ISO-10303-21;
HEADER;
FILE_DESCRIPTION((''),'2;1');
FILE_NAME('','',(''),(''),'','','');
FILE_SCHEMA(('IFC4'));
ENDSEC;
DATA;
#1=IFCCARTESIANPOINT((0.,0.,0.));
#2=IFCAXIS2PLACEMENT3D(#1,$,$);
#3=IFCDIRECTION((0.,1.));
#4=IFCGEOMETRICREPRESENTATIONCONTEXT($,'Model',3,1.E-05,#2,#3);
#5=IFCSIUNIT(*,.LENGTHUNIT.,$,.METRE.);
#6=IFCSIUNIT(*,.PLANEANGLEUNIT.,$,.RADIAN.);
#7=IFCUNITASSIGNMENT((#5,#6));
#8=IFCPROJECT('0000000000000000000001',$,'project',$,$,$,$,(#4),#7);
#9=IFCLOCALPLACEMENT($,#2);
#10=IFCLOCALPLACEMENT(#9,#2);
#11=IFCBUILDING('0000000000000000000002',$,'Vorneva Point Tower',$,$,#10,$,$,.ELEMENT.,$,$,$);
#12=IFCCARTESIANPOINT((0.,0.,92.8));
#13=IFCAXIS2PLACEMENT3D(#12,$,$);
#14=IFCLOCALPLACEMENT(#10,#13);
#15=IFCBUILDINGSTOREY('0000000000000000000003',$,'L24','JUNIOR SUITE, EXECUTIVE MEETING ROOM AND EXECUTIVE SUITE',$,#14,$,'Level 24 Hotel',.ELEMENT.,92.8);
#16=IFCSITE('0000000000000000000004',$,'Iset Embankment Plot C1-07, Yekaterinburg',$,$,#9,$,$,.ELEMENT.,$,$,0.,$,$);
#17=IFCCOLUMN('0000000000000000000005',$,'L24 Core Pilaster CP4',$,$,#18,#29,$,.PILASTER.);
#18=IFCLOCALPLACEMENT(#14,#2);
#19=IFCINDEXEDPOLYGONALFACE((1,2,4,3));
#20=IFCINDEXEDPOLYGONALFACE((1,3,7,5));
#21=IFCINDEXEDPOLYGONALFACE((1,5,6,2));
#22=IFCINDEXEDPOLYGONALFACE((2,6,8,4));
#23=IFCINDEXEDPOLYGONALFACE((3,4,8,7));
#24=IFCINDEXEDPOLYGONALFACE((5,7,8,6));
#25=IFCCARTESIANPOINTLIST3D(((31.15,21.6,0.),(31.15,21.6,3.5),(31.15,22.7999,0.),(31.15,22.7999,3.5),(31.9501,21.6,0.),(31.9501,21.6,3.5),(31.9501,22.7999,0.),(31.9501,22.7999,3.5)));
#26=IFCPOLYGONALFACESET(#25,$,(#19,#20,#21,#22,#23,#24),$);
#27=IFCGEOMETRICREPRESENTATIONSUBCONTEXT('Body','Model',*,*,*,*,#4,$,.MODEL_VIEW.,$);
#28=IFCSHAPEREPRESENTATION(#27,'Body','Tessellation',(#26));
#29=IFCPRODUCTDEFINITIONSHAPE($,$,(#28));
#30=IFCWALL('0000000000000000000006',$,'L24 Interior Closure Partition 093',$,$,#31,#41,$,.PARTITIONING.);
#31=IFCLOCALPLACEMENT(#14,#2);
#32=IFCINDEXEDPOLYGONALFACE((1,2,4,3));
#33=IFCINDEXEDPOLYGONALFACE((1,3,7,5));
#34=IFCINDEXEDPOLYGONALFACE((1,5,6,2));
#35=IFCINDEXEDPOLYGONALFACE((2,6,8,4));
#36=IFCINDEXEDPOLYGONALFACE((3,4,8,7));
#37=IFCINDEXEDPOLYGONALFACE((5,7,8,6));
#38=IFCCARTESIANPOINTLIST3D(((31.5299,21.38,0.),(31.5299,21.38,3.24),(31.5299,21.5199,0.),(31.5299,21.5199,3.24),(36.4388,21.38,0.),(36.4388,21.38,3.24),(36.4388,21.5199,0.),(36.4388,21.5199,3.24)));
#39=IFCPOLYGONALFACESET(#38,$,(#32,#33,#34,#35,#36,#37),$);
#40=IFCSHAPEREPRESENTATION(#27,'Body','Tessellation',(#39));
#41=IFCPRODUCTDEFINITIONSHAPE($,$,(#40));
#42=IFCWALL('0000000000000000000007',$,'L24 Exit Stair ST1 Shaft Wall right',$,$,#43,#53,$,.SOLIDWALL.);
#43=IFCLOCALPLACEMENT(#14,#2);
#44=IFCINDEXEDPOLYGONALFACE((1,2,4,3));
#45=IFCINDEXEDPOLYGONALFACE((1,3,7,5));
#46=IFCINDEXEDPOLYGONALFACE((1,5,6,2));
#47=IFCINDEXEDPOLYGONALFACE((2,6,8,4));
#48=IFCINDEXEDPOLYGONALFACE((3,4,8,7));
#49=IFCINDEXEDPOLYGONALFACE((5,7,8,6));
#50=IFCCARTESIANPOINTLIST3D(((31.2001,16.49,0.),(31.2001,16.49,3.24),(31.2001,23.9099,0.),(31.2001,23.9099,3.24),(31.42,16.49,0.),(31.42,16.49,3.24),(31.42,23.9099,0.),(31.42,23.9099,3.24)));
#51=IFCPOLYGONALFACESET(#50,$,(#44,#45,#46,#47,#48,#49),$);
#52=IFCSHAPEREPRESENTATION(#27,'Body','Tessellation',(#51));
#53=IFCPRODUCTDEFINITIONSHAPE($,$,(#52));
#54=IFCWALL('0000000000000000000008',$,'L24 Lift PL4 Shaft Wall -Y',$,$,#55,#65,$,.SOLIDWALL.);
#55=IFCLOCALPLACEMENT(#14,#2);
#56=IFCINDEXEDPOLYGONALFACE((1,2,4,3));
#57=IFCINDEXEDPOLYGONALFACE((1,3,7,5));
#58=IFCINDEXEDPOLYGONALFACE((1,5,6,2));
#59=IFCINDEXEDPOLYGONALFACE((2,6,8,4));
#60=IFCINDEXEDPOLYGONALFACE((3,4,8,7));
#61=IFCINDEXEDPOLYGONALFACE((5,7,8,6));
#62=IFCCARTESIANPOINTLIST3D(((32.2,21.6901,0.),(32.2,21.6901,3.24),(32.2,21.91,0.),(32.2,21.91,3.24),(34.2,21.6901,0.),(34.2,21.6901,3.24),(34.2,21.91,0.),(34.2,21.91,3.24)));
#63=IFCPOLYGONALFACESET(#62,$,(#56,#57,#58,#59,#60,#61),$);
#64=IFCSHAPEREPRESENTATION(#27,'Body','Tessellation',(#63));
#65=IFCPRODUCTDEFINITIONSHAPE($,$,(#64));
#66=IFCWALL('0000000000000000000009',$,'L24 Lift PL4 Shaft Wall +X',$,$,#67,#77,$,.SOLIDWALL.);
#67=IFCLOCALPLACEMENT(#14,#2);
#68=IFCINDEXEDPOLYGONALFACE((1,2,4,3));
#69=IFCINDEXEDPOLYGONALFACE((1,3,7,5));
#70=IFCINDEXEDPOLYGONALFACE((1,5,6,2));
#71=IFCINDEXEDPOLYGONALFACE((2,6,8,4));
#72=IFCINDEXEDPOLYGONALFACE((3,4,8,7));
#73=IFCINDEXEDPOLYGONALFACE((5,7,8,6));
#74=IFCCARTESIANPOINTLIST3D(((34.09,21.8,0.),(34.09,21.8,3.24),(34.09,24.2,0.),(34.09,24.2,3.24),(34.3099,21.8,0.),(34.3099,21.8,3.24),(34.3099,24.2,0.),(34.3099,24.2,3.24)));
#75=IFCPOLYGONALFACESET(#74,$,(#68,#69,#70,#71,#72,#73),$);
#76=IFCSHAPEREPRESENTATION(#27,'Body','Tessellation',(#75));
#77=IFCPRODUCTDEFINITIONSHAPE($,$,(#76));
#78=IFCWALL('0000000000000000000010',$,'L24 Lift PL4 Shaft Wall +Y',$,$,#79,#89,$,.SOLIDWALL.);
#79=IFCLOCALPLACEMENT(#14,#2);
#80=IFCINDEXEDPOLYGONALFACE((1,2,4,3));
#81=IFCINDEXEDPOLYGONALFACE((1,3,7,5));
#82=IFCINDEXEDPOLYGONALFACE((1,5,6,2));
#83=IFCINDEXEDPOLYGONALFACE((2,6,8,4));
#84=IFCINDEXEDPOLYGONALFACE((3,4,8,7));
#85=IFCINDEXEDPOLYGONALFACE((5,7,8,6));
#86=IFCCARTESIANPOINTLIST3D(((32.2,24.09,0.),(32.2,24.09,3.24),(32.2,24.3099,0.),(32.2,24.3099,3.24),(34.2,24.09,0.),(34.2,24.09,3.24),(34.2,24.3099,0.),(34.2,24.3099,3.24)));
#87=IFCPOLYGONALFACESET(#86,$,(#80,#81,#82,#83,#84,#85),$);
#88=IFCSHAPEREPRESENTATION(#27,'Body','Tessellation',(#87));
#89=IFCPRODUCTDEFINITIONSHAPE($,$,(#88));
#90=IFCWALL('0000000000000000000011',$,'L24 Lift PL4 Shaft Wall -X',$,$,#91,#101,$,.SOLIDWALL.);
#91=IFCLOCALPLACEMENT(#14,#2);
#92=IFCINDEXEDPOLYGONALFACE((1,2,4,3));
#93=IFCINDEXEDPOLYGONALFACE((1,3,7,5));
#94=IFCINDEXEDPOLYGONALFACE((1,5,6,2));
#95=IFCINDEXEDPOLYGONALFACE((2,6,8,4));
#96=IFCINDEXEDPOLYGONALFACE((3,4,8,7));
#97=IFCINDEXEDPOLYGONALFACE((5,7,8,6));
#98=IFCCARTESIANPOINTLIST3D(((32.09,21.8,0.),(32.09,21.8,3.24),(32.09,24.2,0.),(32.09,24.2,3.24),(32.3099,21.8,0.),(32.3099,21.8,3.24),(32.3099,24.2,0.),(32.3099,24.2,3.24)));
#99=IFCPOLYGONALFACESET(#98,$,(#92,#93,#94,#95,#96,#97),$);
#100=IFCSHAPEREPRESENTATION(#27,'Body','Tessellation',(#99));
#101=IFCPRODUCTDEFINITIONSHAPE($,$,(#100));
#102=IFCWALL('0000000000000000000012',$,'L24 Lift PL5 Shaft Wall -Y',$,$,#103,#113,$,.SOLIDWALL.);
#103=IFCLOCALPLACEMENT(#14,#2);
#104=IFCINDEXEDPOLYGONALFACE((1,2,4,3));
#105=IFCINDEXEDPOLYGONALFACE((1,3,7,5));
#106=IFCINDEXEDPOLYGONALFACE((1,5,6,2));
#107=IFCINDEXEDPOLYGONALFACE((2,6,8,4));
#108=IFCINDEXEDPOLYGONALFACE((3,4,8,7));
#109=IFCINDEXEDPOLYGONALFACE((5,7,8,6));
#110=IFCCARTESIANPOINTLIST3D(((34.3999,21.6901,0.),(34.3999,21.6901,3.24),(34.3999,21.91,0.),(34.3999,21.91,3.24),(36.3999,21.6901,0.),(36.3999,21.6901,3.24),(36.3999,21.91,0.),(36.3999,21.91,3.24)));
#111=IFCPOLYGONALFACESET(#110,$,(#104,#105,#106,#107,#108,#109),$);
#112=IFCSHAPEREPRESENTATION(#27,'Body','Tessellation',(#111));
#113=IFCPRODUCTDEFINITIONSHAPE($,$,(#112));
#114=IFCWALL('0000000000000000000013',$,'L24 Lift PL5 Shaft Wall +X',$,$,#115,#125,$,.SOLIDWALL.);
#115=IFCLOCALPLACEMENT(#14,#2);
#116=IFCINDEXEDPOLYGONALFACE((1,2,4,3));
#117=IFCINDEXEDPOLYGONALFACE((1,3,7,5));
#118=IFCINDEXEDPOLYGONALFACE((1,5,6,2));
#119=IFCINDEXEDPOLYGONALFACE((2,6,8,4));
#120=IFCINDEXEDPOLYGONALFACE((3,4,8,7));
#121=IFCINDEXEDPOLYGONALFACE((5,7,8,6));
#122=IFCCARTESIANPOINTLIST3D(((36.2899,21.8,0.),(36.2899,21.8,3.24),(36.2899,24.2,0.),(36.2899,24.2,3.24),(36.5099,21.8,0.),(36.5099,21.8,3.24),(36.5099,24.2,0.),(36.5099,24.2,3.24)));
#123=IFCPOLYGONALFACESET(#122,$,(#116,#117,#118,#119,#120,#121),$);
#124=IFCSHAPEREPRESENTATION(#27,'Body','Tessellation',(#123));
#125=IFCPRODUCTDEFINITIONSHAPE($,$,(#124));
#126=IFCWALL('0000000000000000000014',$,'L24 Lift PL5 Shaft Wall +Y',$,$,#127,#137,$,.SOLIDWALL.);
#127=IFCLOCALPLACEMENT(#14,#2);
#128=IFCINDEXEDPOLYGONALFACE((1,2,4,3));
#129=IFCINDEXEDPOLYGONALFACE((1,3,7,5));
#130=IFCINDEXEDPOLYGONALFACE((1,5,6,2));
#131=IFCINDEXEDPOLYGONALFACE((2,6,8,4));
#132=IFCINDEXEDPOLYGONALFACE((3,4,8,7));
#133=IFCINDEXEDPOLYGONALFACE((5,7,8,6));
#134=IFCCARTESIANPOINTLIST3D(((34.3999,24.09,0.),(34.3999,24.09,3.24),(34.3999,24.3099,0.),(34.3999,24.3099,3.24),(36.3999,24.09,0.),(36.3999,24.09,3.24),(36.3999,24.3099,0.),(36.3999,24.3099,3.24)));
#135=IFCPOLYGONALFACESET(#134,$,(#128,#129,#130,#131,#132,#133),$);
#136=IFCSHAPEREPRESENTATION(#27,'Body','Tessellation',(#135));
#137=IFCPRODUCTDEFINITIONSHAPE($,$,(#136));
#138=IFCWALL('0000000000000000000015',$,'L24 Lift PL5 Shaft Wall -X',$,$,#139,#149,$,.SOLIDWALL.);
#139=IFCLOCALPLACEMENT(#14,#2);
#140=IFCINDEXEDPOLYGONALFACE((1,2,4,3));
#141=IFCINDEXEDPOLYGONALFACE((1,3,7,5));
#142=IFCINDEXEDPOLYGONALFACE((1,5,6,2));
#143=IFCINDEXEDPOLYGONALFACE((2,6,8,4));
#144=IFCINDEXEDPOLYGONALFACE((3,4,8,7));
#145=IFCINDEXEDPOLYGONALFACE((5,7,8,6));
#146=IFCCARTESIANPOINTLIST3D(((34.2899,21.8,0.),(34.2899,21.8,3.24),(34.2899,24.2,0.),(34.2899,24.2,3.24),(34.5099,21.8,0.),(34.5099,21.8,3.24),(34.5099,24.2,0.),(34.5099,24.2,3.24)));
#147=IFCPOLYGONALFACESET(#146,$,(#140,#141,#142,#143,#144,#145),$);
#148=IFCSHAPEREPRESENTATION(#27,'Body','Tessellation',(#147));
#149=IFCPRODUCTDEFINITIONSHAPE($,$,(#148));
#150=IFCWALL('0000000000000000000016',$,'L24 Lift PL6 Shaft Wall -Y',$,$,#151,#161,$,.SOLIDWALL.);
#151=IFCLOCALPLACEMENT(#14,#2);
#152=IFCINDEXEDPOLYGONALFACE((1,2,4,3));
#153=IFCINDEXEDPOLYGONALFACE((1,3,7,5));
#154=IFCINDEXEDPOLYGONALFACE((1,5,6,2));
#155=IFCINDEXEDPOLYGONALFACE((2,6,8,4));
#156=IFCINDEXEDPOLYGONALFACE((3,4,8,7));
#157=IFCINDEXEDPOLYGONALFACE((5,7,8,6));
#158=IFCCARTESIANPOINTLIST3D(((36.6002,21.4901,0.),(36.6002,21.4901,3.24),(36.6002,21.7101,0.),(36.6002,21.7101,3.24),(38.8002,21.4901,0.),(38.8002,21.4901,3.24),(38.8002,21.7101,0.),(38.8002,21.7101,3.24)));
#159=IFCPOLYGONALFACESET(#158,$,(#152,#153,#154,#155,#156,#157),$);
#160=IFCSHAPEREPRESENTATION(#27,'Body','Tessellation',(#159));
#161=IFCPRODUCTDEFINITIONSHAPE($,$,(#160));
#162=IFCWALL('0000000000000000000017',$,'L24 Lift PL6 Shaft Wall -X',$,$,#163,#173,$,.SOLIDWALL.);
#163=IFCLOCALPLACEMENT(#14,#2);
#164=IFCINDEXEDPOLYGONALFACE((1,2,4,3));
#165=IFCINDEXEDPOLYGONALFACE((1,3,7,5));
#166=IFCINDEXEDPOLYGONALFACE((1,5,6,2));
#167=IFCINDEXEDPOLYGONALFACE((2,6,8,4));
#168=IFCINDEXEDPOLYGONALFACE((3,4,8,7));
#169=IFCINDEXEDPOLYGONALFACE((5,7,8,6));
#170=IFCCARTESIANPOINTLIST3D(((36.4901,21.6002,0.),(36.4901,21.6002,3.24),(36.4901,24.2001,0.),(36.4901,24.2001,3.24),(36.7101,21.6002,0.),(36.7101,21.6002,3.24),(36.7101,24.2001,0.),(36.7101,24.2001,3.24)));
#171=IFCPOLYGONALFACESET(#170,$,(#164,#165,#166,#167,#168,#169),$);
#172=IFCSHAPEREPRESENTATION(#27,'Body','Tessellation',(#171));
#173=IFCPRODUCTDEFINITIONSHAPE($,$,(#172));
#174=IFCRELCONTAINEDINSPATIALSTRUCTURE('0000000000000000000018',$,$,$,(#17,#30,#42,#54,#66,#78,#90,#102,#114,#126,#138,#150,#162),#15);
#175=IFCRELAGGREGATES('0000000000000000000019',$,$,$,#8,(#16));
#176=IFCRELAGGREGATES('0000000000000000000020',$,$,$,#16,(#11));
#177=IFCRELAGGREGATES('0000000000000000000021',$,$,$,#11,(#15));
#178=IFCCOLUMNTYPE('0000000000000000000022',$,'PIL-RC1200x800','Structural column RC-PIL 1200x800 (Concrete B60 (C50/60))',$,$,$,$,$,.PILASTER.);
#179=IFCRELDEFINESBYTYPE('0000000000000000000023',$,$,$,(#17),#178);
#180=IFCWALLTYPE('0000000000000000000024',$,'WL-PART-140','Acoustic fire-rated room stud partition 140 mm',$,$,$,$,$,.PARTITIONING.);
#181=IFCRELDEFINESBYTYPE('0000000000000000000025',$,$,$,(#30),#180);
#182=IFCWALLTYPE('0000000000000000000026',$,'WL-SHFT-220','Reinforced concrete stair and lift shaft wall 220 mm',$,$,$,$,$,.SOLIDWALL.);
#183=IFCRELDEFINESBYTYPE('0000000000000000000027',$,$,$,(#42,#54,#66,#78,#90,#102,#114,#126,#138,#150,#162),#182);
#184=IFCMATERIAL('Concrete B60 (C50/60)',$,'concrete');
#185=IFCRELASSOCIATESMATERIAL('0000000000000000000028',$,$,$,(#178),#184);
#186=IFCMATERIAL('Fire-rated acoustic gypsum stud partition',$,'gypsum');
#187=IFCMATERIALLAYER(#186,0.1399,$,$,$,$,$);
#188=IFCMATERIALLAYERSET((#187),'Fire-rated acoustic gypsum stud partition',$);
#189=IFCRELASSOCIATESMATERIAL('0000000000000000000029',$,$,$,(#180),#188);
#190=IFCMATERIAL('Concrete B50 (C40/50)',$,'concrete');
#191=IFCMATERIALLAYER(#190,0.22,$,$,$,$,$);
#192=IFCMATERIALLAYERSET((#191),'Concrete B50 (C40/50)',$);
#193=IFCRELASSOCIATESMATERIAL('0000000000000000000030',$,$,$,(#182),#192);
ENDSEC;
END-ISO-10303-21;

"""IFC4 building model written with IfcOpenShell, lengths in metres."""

from ifc_helpers import new_model, si_unit, direction, frame, frame_2d, origin, origin_2d, place, context, subcontext, project, spatial, rectangle, extrude, material, layer, layer_set, material_profile, profile_set, type_object, element, save


model = new_model("IFC4")

# Units and contexts
model_context = context("Model", 3, precision=1e-05, world=origin(), true_north=direction((0.0, 1.0)))
body_context = subcontext(model_context, "Body", "Model", "MODEL_VIEW")
ifc_project = project(units=[si_unit("LENGTHUNIT", "METRE"), si_unit("PLANEANGLEUNIT", "RADIAN")], contexts=[model_context])

# Site, building, storey
site_placement = place(None, origin())
site = spatial("IfcSite", under=ifc_project, at=site_placement, Name="Iset Embankment Plot C1-07, Yekaterinburg", CompositionType="ELEMENT", RefElevation=0.0)
building_placement = place(site_placement, origin())
building = spatial("IfcBuilding", under=site, at=building_placement, Name="Vorneva Point Tower", CompositionType="ELEMENT")
storey_placement = place(building_placement, frame((0.0, 0.0, 92.8)))
storey = spatial("IfcBuildingStorey", under=building, at=storey_placement, Name="L24", Description="JUNIOR SUITE, EXECUTIVE MEETING ROOM AND EXECUTIVE SUITE", LongName="Level 24 Hotel", CompositionType="ELEMENT", Elevation=92.8)

# Column
ifc_material_1 = material(Name="Concrete B60 (C50/60)", Category="concrete")
ifc_material_profile = material_profile(ifc_material_1, rectangle(XDim=0.8, YDim=1.2, at=origin_2d()), Name="RC-PIL 1200x800")
ifc_profile_set = profile_set([ifc_material_profile], Name="Concrete B60 (C50/60)")
column_type = type_object("IfcColumnType", Name="PIL-RC1200x800", Description="Structural column RC-PIL 1200x800 (Concrete B60 (C50/60))", PredefinedType="PILASTER", material=ifc_profile_set)
column_placement = place(storey_placement, frame((31.55, 22.2, 0.0), z_axis=(0.0, 0.0, 1.0), x_axis=(1.0, 0.0, 0.0)))
element("IfcColumn", 1, at=column_placement, inside=storey, type_object=column_type, Name="L24 Core Pilaster CP4", PredefinedType="PILASTER", context=body_context, shape_type="SweptSolid", body=[
    extrude(rectangle(XDim=0.8, YDim=1.2, at=origin_2d()), origin(), (0.0, 0.0, 1.0), 3.5),
])

# Wall
ifc_material_2 = material(Name="Fire-rated acoustic gypsum stud partition", Category="gypsum")
ifc_layer_1 = layer(ifc_material_2, 0.1399)
ifc_layer_set_1 = layer_set([ifc_layer_1], Name="Fire-rated acoustic gypsum stud partition")
wall_type_1 = type_object("IfcWallType", Name="WL-PART-140", Description="Acoustic fire-rated room stud partition 140 mm", PredefinedType="PARTITIONING", material=ifc_layer_set_1)
wall_1_placement = place(storey_placement, frame((36.439, 21.45, 0.0), z_axis=(0.0, 0.0, 1.0), x_axis=(-1.0, 0.0, 0.0)))
element("IfcWall", 2, at=wall_1_placement, inside=storey, type_object=wall_type_1, Name="L24 Interior Closure Partition 093", PredefinedType="PARTITIONING", context=body_context, shape_type="SweptSolid", body=[
    extrude(rectangle(XDim=4.9089, YDim=0.1399, at=frame_2d((2.4546, 0.0))), origin(), (0.0, 0.0, 1.0), 3.24),
])

# Shared definitions
ifc_material_3 = material(Name="Concrete B50 (C40/50)", Category="concrete")
ifc_layer_2 = layer(ifc_material_3, 0.22)
ifc_layer_set_2 = layer_set([ifc_layer_2], Name="Concrete B50 (C40/50)")
wall_type_2 = type_object("IfcWallType", Name="WL-SHFT-220", Description="Reinforced concrete stair and lift shaft wall 220 mm", PredefinedType="SOLIDWALL", material=ifc_layer_set_2)

# Walls
wall_2_placement = place(storey_placement, frame((31.3101, 23.9099, 0.0), z_axis=(0.0, 0.0, 1.0), x_axis=(0.0, -1.0, 0.0)))
element("IfcWall", 3, at=wall_2_placement, inside=storey, type_object=wall_type_2, Name="L24 Exit Stair ST1 Shaft Wall right", PredefinedType="SOLIDWALL", context=body_context, shape_type="SweptSolid", body=[
    extrude(rectangle(XDim=7.4199, YDim=0.22, at=frame_2d((3.71, 0.0))), origin(), (0.0, 0.0, 1.0), 3.24),
])
wall_3_placement = place(storey_placement, frame((32.2, 21.8, 0.0), z_axis=(0.0, 0.0, 1.0), x_axis=(1.0, 0.0, 0.0)))
element("IfcWall", 4, at=wall_3_placement, inside=storey, type_object=wall_type_2, Name="L24 Lift PL4 Shaft Wall -Y", PredefinedType="SOLIDWALL", context=body_context, shape_type="SweptSolid", body=[
    extrude(rectangle(XDim=2.0, YDim=0.22, at=frame_2d((1.0, 0.0))), origin(), (0.0, 0.0, 1.0), 3.24),
])
wall_4_placement = place(storey_placement, frame((34.2, 21.8, 0.0), z_axis=(0.0, 0.0, 1.0), x_axis=(0.0, 1.0, 0.0)))
element("IfcWall", 5, at=wall_4_placement, inside=storey, type_object=wall_type_2, Name="L24 Lift PL4 Shaft Wall +X", PredefinedType="SOLIDWALL", context=body_context, shape_type="SweptSolid", body=[
    extrude(rectangle(XDim=2.3999, YDim=0.22, at=frame_2d((1.2, 0.0))), origin(), (0.0, 0.0, 1.0), 3.24),
])
wall_5_placement = place(storey_placement, frame((34.2, 24.2, 0.0), z_axis=(0.0, 0.0, 1.0), x_axis=(-1.0, 0.0, 0.0)))
element("IfcWall", 6, at=wall_5_placement, inside=storey, type_object=wall_type_2, Name="L24 Lift PL4 Shaft Wall +Y", PredefinedType="SOLIDWALL", context=body_context, shape_type="SweptSolid", body=[
    extrude(rectangle(XDim=2.0, YDim=0.22, at=frame_2d((1.0, 0.0))), origin(), (0.0, 0.0, 1.0), 3.24),
])
wall_6_placement = place(storey_placement, frame((32.2, 24.2, 0.0), z_axis=(0.0, 0.0, 1.0), x_axis=(0.0, -1.0, 0.0)))
element("IfcWall", 7, at=wall_6_placement, inside=storey, type_object=wall_type_2, Name="L24 Lift PL4 Shaft Wall -X", PredefinedType="SOLIDWALL", context=body_context, shape_type="SweptSolid", body=[
    extrude(rectangle(XDim=2.3999, YDim=0.22, at=frame_2d((1.2, 0.0))), origin(), (0.0, 0.0, 1.0), 3.24),
])
wall_7_placement = place(storey_placement, frame((34.3999, 21.8, 0.0), z_axis=(0.0, 0.0, 1.0), x_axis=(1.0, 0.0, 0.0)))
element("IfcWall", 8, at=wall_7_placement, inside=storey, type_object=wall_type_2, Name="L24 Lift PL5 Shaft Wall -Y", PredefinedType="SOLIDWALL", context=body_context, shape_type="SweptSolid", body=[
    extrude(rectangle(XDim=2.0, YDim=0.22, at=frame_2d((1.0, 0.0))), origin(), (0.0, 0.0, 1.0), 3.24),
])
wall_8_placement = place(storey_placement, frame((36.3999, 21.8, 0.0), z_axis=(0.0, 0.0, 1.0), x_axis=(0.0, 1.0, 0.0)))
element("IfcWall", 9, at=wall_8_placement, inside=storey, type_object=wall_type_2, Name="L24 Lift PL5 Shaft Wall +X", PredefinedType="SOLIDWALL", context=body_context, shape_type="SweptSolid", body=[
    extrude(rectangle(XDim=2.3999, YDim=0.22, at=frame_2d((1.2, 0.0))), origin(), (0.0, 0.0, 1.0), 3.24),
])
wall_9_placement = place(storey_placement, frame((36.3999, 24.2, 0.0), z_axis=(0.0, 0.0, 1.0), x_axis=(-1.0, 0.0, 0.0)))
element("IfcWall", 10, at=wall_9_placement, inside=storey, type_object=wall_type_2, Name="L24 Lift PL5 Shaft Wall +Y", PredefinedType="SOLIDWALL", context=body_context, shape_type="SweptSolid", body=[
    extrude(rectangle(XDim=2.0, YDim=0.22, at=frame_2d((1.0, 0.0))), origin(), (0.0, 0.0, 1.0), 3.24),
])
wall_10_placement = place(storey_placement, frame((34.3999, 24.2, 0.0), z_axis=(0.0, 0.0, 1.0), x_axis=(0.0, -1.0, 0.0)))
element("IfcWall", 11, at=wall_10_placement, inside=storey, type_object=wall_type_2, Name="L24 Lift PL5 Shaft Wall -X", PredefinedType="SOLIDWALL", context=body_context, shape_type="SweptSolid", body=[
    extrude(rectangle(XDim=2.3999, YDim=0.22, at=frame_2d((1.2, 0.0))), origin(), (0.0, 0.0, 1.0), 3.24),
])
wall_11_placement = place(storey_placement, frame((36.6001, 21.6001, 0.0), z_axis=(0.0, 0.0, 1.0), x_axis=(1.0, 0.0, 0.0)))
element("IfcWall", 12, at=wall_11_placement, inside=storey, type_object=wall_type_2, Name="L24 Lift PL6 Shaft Wall -Y", PredefinedType="SOLIDWALL", context=body_context, shape_type="SweptSolid", body=[
    extrude(rectangle(XDim=2.2, YDim=0.22, at=frame_2d((1.1001, 0.0))), origin(), (0.0, 0.0, 1.0), 3.24),
])
wall_12_placement = place(storey_placement, frame((36.6001, 24.2, 0.0), z_axis=(0.0, 0.0, 1.0), x_axis=(0.0, -1.0, 0.0)))
element("IfcWall", 13, at=wall_12_placement, inside=storey, type_object=wall_type_2, Name="L24 Lift PL6 Shaft Wall -X", PredefinedType="SOLIDWALL", context=body_context, shape_type="SweptSolid", body=[
    extrude(rectangle(XDim=2.5999, YDim=0.22, at=frame_2d((1.2998, 0.0))), origin(), (0.0, 0.0, 1.0), 3.24),
])

save(model, "model.ifc")
